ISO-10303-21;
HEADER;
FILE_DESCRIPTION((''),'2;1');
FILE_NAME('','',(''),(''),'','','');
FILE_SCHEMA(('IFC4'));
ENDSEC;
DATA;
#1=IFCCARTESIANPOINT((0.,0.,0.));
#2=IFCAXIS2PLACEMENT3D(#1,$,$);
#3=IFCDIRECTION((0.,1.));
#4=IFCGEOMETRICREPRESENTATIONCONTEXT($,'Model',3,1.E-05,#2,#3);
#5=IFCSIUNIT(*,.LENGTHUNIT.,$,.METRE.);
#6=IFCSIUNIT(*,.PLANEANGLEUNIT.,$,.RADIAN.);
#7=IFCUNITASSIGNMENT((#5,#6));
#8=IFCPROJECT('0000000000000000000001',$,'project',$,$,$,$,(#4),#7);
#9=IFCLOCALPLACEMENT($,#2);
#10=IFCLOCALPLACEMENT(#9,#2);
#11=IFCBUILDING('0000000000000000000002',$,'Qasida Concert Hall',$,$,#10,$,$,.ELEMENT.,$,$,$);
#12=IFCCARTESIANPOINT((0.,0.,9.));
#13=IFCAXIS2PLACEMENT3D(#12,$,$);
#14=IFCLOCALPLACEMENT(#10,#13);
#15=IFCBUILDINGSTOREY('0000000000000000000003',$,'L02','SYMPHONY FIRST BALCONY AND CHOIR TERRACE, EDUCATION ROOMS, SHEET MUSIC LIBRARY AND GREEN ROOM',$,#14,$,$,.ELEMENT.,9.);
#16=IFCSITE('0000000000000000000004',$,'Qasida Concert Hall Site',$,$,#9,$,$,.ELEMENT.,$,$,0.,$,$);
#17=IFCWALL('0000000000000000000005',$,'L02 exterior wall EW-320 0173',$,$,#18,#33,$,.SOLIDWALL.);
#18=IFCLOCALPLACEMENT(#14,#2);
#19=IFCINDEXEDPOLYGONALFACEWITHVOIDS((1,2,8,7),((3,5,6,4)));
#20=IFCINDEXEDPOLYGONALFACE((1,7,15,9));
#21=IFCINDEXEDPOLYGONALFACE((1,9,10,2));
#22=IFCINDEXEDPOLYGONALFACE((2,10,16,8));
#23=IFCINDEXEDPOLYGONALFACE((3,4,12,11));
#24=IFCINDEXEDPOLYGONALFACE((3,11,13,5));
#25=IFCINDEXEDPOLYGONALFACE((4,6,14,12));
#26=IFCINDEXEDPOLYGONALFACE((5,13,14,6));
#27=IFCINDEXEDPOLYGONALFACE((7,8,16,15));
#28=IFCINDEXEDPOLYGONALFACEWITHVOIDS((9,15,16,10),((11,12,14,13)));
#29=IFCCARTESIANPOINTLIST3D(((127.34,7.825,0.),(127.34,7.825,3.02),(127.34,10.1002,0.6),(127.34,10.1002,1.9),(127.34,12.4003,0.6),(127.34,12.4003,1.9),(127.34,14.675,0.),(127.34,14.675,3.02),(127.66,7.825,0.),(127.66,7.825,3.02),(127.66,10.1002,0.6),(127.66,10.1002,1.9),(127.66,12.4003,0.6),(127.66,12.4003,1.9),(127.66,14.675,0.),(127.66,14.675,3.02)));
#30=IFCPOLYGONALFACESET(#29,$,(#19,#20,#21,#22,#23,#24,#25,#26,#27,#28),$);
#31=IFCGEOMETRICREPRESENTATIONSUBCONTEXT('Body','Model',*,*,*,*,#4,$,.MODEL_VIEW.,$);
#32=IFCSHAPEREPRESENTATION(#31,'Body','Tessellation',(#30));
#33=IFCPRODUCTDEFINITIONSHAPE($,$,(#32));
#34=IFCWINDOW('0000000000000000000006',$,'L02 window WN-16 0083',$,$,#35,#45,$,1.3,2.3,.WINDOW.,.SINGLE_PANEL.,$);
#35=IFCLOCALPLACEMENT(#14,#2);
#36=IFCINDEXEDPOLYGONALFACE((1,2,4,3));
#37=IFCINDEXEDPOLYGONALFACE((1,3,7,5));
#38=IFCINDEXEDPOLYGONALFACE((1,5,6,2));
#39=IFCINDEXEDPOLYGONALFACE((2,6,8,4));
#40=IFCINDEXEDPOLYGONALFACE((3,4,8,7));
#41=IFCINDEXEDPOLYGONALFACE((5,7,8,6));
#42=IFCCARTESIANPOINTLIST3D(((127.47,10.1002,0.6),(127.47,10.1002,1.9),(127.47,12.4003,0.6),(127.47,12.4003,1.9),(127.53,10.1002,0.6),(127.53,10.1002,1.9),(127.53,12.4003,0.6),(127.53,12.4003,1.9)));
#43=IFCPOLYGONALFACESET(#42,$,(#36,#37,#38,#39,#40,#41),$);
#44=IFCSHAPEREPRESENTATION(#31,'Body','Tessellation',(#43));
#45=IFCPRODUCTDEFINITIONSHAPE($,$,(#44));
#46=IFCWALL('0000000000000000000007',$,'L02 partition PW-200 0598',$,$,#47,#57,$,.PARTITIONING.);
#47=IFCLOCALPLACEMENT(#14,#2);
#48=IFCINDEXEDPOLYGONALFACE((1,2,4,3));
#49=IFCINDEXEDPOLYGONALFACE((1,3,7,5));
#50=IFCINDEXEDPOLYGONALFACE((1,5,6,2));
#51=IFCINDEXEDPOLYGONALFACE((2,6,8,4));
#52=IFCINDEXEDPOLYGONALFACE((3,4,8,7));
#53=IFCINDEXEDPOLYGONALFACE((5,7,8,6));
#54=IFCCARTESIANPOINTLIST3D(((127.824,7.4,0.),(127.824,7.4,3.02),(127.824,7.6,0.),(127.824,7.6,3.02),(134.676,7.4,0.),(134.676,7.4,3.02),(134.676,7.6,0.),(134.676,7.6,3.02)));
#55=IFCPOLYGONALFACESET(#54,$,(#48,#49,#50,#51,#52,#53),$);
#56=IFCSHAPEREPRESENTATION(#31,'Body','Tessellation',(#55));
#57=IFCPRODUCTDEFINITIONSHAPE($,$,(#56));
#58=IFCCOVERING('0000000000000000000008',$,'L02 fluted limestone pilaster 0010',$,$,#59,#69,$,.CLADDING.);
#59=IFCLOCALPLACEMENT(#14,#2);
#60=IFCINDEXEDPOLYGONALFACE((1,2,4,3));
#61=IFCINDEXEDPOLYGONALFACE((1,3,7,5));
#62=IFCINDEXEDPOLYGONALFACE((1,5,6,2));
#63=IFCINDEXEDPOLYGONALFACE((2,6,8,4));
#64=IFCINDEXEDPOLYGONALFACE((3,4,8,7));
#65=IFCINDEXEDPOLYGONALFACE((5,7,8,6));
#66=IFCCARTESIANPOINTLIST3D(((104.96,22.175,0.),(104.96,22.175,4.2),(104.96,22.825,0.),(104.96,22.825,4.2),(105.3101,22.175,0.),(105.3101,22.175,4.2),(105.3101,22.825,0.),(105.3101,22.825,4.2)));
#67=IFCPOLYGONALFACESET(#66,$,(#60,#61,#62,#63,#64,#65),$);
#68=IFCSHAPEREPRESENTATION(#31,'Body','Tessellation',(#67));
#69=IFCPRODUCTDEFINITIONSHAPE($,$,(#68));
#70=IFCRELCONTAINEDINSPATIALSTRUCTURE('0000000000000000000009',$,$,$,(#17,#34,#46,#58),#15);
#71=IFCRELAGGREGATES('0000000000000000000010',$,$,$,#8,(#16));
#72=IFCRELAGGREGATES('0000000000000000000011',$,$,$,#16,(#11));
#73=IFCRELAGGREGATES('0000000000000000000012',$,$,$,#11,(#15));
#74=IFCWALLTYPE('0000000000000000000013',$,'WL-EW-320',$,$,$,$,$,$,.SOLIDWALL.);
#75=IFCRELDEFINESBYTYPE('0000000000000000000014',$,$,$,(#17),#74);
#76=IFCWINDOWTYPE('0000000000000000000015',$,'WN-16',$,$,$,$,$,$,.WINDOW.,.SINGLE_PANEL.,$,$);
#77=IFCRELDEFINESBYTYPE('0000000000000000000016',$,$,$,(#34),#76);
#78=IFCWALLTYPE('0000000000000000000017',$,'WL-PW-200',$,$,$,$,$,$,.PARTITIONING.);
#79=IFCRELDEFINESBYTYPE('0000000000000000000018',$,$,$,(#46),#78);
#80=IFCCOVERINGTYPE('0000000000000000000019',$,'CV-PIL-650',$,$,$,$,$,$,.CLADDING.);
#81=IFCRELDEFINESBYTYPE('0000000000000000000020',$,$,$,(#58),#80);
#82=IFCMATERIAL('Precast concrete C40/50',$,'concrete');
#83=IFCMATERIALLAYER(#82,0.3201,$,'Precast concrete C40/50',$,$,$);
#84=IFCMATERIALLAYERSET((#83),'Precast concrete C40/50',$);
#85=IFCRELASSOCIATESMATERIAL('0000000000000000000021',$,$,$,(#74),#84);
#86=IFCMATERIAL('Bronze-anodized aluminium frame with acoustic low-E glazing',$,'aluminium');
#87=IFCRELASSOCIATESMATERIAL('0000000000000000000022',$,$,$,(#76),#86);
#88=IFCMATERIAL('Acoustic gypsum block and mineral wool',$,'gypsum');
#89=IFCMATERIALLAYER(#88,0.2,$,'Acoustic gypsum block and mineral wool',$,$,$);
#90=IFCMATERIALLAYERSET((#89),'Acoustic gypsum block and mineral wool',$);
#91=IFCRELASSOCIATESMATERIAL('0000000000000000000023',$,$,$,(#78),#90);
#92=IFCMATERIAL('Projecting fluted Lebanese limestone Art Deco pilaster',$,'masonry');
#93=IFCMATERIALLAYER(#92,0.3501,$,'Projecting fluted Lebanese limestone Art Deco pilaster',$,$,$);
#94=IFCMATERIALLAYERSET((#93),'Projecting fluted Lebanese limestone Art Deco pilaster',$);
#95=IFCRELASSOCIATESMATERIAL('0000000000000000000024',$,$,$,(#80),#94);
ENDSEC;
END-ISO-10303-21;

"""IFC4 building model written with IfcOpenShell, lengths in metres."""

from ifc_helpers import new_model, si_unit, direction, frame, frame_2d, origin, origin_2d, place, context, subcontext, project, spatial, rectangle, extrude, material, layer, layer_set, type_object, element, fill, save


model = new_model("IFC4")

# Units and contexts
model_context = context("Model", 3, precision=1e-05, world=origin(), true_north=direction((0.0, 1.0)))
body_context = subcontext(model_context, "Body", "Model", "MODEL_VIEW")
ifc_project = project(units=[si_unit("LENGTHUNIT", "METRE"), si_unit("PLANEANGLEUNIT", "RADIAN")], contexts=[model_context])

# Site, building, storey
site_placement = place(None, origin())
site = spatial("IfcSite", under=ifc_project, at=site_placement, Name="Qasida Concert Hall Site", CompositionType="ELEMENT", RefElevation=0.0)
building_placement = place(site_placement, origin())
building = spatial("IfcBuilding", under=site, at=building_placement, Name="Qasida Concert Hall", CompositionType="ELEMENT")
storey_placement = place(building_placement, frame((0.0, 0.0, 9.0)))
storey = spatial("IfcBuildingStorey", under=building, at=storey_placement, Name="L02", Description="SYMPHONY FIRST BALCONY AND CHOIR TERRACE, EDUCATION ROOMS, SHEET MUSIC LIBRARY AND GREEN ROOM", CompositionType="ELEMENT", Elevation=9.0)

# Wall, opening, window
ifc_material_1 = material(Name="Precast concrete C40/50", Category="concrete")
ifc_layer_1 = layer(ifc_material_1, 0.3201, Name="Precast concrete C40/50")
ifc_layer_set_1 = layer_set([ifc_layer_1], Name="Precast concrete C40/50")
wall_type_1 = type_object("IfcWallType", Name="WL-EW-320", PredefinedType="SOLIDWALL", material=ifc_layer_set_1)
ifc_material_2 = material(Name="Bronze-anodized aluminium frame with acoustic low-E glazing", Category="aluminium")
wall_1_placement = place(storey_placement, frame((127.5, 14.675, 0.0), z_axis=(0.0, 0.0, 1.0), x_axis=(0.0, -1.0, 0.0)))
wall_1 = element("IfcWall", 1, at=wall_1_placement, inside=storey, type_object=wall_type_1, Name="L02 exterior wall EW-320 0173", PredefinedType="SOLIDWALL", context=body_context, shape_type="SweptSolid", body=[
    extrude(rectangle(XDim=6.8501, YDim=0.3201, at=frame_2d((3.425, 0.0))), origin(), (0.0, 0.0, 1.0), 3.02),
])
opening_1_placement = place(wall_1_placement, frame((2.2749, 0.0, 0.6001)))
opening_1 = element("IfcOpeningElement", 2, at=opening_1_placement, cuts=wall_1, PredefinedType="OPENING", context=body_context, shape_type="SweptSolid", body=[
    extrude(rectangle(XDim=2.3, YDim=1.3, at=frame_2d((1.1499, 0.6499))), frame((0.0, 0.1699, 0.0), z_axis=(0.0, -1.0, 0.0), x_axis=(1.0, 0.0, 0.0)), (0.0, 0.0, 1.0), 0.3401),
])
window_type_1 = type_object("IfcWindowType", Name="WN-16", PartitioningType="SINGLE_PANEL", PredefinedType="WINDOW", material=ifc_material_2)
window_1_placement = place(opening_1_placement, origin())
window_1 = element("IfcWindow", 3, at=window_1_placement, inside=storey, type_object=window_type_1, Name="L02 window WN-16 0083", OverallHeight=1.3, OverallWidth=2.3, PartitioningType="SINGLE_PANEL", PredefinedType="WINDOW", context=body_context, shape_type="SweptSolid", body=[
    extrude(rectangle(XDim=2.3, YDim=1.3, at=frame_2d((1.1499, 0.6499))), frame((0.0, 0.03, 0.0), z_axis=(0.0, -1.0, 0.0), x_axis=(1.0, 0.0, 0.0)), (0.0, 0.0, 1.0), 0.0601),
])
fill(opening_1, window_1)

# Wall
ifc_material_3 = material(Name="Acoustic gypsum block and mineral wool", Category="gypsum")
ifc_layer_2 = layer(ifc_material_3, 0.2, Name="Acoustic gypsum block and mineral wool")
ifc_layer_set_2 = layer_set([ifc_layer_2], Name="Acoustic gypsum block and mineral wool")
wall_type_2 = type_object("IfcWallType", Name="WL-PW-200", PredefinedType="PARTITIONING", material=ifc_layer_set_2)
wall_2_placement = place(storey_placement, frame((127.824, 7.5, 0.0), z_axis=(0.0, 0.0, 1.0), x_axis=(1.0, 0.0, 0.0)))
element("IfcWall", 4, at=wall_2_placement, inside=storey, type_object=wall_type_2, Name="L02 partition PW-200 0598", PredefinedType="PARTITIONING", context=body_context, shape_type="SweptSolid", body=[
    extrude(rectangle(XDim=6.8521, YDim=0.2, at=frame_2d((3.426, 0.0))), origin(), (0.0, 0.0, 1.0), 3.02),
])

# Covering
ifc_material_4 = material(Name="Projecting fluted Lebanese limestone Art Deco pilaster", Category="masonry")
ifc_layer_3 = layer(ifc_material_4, 0.3501, Name="Projecting fluted Lebanese limestone Art Deco pilaster")
ifc_layer_set_3 = layer_set([ifc_layer_3], Name="Projecting fluted Lebanese limestone Art Deco pilaster")
covering_type = type_object("IfcCoveringType", Name="CV-PIL-650", PredefinedType="CLADDING", material=ifc_layer_set_3)
covering_placement = place(storey_placement, frame((105.135, 22.5, 0.0), z_axis=(0.0, 0.0, 1.0), x_axis=(1.0, 0.0, 0.0)))
element("IfcCovering", 5, at=covering_placement, inside=storey, type_object=covering_type, Name="L02 fluted limestone pilaster 0010", PredefinedType="CLADDING", context=body_context, shape_type="SweptSolid", body=[
    extrude(rectangle(XDim=0.3501, YDim=0.6499, at=origin_2d()), origin(), (0.0, 0.0, 1.0), 4.2),
])

save(model, "model.ifc")
